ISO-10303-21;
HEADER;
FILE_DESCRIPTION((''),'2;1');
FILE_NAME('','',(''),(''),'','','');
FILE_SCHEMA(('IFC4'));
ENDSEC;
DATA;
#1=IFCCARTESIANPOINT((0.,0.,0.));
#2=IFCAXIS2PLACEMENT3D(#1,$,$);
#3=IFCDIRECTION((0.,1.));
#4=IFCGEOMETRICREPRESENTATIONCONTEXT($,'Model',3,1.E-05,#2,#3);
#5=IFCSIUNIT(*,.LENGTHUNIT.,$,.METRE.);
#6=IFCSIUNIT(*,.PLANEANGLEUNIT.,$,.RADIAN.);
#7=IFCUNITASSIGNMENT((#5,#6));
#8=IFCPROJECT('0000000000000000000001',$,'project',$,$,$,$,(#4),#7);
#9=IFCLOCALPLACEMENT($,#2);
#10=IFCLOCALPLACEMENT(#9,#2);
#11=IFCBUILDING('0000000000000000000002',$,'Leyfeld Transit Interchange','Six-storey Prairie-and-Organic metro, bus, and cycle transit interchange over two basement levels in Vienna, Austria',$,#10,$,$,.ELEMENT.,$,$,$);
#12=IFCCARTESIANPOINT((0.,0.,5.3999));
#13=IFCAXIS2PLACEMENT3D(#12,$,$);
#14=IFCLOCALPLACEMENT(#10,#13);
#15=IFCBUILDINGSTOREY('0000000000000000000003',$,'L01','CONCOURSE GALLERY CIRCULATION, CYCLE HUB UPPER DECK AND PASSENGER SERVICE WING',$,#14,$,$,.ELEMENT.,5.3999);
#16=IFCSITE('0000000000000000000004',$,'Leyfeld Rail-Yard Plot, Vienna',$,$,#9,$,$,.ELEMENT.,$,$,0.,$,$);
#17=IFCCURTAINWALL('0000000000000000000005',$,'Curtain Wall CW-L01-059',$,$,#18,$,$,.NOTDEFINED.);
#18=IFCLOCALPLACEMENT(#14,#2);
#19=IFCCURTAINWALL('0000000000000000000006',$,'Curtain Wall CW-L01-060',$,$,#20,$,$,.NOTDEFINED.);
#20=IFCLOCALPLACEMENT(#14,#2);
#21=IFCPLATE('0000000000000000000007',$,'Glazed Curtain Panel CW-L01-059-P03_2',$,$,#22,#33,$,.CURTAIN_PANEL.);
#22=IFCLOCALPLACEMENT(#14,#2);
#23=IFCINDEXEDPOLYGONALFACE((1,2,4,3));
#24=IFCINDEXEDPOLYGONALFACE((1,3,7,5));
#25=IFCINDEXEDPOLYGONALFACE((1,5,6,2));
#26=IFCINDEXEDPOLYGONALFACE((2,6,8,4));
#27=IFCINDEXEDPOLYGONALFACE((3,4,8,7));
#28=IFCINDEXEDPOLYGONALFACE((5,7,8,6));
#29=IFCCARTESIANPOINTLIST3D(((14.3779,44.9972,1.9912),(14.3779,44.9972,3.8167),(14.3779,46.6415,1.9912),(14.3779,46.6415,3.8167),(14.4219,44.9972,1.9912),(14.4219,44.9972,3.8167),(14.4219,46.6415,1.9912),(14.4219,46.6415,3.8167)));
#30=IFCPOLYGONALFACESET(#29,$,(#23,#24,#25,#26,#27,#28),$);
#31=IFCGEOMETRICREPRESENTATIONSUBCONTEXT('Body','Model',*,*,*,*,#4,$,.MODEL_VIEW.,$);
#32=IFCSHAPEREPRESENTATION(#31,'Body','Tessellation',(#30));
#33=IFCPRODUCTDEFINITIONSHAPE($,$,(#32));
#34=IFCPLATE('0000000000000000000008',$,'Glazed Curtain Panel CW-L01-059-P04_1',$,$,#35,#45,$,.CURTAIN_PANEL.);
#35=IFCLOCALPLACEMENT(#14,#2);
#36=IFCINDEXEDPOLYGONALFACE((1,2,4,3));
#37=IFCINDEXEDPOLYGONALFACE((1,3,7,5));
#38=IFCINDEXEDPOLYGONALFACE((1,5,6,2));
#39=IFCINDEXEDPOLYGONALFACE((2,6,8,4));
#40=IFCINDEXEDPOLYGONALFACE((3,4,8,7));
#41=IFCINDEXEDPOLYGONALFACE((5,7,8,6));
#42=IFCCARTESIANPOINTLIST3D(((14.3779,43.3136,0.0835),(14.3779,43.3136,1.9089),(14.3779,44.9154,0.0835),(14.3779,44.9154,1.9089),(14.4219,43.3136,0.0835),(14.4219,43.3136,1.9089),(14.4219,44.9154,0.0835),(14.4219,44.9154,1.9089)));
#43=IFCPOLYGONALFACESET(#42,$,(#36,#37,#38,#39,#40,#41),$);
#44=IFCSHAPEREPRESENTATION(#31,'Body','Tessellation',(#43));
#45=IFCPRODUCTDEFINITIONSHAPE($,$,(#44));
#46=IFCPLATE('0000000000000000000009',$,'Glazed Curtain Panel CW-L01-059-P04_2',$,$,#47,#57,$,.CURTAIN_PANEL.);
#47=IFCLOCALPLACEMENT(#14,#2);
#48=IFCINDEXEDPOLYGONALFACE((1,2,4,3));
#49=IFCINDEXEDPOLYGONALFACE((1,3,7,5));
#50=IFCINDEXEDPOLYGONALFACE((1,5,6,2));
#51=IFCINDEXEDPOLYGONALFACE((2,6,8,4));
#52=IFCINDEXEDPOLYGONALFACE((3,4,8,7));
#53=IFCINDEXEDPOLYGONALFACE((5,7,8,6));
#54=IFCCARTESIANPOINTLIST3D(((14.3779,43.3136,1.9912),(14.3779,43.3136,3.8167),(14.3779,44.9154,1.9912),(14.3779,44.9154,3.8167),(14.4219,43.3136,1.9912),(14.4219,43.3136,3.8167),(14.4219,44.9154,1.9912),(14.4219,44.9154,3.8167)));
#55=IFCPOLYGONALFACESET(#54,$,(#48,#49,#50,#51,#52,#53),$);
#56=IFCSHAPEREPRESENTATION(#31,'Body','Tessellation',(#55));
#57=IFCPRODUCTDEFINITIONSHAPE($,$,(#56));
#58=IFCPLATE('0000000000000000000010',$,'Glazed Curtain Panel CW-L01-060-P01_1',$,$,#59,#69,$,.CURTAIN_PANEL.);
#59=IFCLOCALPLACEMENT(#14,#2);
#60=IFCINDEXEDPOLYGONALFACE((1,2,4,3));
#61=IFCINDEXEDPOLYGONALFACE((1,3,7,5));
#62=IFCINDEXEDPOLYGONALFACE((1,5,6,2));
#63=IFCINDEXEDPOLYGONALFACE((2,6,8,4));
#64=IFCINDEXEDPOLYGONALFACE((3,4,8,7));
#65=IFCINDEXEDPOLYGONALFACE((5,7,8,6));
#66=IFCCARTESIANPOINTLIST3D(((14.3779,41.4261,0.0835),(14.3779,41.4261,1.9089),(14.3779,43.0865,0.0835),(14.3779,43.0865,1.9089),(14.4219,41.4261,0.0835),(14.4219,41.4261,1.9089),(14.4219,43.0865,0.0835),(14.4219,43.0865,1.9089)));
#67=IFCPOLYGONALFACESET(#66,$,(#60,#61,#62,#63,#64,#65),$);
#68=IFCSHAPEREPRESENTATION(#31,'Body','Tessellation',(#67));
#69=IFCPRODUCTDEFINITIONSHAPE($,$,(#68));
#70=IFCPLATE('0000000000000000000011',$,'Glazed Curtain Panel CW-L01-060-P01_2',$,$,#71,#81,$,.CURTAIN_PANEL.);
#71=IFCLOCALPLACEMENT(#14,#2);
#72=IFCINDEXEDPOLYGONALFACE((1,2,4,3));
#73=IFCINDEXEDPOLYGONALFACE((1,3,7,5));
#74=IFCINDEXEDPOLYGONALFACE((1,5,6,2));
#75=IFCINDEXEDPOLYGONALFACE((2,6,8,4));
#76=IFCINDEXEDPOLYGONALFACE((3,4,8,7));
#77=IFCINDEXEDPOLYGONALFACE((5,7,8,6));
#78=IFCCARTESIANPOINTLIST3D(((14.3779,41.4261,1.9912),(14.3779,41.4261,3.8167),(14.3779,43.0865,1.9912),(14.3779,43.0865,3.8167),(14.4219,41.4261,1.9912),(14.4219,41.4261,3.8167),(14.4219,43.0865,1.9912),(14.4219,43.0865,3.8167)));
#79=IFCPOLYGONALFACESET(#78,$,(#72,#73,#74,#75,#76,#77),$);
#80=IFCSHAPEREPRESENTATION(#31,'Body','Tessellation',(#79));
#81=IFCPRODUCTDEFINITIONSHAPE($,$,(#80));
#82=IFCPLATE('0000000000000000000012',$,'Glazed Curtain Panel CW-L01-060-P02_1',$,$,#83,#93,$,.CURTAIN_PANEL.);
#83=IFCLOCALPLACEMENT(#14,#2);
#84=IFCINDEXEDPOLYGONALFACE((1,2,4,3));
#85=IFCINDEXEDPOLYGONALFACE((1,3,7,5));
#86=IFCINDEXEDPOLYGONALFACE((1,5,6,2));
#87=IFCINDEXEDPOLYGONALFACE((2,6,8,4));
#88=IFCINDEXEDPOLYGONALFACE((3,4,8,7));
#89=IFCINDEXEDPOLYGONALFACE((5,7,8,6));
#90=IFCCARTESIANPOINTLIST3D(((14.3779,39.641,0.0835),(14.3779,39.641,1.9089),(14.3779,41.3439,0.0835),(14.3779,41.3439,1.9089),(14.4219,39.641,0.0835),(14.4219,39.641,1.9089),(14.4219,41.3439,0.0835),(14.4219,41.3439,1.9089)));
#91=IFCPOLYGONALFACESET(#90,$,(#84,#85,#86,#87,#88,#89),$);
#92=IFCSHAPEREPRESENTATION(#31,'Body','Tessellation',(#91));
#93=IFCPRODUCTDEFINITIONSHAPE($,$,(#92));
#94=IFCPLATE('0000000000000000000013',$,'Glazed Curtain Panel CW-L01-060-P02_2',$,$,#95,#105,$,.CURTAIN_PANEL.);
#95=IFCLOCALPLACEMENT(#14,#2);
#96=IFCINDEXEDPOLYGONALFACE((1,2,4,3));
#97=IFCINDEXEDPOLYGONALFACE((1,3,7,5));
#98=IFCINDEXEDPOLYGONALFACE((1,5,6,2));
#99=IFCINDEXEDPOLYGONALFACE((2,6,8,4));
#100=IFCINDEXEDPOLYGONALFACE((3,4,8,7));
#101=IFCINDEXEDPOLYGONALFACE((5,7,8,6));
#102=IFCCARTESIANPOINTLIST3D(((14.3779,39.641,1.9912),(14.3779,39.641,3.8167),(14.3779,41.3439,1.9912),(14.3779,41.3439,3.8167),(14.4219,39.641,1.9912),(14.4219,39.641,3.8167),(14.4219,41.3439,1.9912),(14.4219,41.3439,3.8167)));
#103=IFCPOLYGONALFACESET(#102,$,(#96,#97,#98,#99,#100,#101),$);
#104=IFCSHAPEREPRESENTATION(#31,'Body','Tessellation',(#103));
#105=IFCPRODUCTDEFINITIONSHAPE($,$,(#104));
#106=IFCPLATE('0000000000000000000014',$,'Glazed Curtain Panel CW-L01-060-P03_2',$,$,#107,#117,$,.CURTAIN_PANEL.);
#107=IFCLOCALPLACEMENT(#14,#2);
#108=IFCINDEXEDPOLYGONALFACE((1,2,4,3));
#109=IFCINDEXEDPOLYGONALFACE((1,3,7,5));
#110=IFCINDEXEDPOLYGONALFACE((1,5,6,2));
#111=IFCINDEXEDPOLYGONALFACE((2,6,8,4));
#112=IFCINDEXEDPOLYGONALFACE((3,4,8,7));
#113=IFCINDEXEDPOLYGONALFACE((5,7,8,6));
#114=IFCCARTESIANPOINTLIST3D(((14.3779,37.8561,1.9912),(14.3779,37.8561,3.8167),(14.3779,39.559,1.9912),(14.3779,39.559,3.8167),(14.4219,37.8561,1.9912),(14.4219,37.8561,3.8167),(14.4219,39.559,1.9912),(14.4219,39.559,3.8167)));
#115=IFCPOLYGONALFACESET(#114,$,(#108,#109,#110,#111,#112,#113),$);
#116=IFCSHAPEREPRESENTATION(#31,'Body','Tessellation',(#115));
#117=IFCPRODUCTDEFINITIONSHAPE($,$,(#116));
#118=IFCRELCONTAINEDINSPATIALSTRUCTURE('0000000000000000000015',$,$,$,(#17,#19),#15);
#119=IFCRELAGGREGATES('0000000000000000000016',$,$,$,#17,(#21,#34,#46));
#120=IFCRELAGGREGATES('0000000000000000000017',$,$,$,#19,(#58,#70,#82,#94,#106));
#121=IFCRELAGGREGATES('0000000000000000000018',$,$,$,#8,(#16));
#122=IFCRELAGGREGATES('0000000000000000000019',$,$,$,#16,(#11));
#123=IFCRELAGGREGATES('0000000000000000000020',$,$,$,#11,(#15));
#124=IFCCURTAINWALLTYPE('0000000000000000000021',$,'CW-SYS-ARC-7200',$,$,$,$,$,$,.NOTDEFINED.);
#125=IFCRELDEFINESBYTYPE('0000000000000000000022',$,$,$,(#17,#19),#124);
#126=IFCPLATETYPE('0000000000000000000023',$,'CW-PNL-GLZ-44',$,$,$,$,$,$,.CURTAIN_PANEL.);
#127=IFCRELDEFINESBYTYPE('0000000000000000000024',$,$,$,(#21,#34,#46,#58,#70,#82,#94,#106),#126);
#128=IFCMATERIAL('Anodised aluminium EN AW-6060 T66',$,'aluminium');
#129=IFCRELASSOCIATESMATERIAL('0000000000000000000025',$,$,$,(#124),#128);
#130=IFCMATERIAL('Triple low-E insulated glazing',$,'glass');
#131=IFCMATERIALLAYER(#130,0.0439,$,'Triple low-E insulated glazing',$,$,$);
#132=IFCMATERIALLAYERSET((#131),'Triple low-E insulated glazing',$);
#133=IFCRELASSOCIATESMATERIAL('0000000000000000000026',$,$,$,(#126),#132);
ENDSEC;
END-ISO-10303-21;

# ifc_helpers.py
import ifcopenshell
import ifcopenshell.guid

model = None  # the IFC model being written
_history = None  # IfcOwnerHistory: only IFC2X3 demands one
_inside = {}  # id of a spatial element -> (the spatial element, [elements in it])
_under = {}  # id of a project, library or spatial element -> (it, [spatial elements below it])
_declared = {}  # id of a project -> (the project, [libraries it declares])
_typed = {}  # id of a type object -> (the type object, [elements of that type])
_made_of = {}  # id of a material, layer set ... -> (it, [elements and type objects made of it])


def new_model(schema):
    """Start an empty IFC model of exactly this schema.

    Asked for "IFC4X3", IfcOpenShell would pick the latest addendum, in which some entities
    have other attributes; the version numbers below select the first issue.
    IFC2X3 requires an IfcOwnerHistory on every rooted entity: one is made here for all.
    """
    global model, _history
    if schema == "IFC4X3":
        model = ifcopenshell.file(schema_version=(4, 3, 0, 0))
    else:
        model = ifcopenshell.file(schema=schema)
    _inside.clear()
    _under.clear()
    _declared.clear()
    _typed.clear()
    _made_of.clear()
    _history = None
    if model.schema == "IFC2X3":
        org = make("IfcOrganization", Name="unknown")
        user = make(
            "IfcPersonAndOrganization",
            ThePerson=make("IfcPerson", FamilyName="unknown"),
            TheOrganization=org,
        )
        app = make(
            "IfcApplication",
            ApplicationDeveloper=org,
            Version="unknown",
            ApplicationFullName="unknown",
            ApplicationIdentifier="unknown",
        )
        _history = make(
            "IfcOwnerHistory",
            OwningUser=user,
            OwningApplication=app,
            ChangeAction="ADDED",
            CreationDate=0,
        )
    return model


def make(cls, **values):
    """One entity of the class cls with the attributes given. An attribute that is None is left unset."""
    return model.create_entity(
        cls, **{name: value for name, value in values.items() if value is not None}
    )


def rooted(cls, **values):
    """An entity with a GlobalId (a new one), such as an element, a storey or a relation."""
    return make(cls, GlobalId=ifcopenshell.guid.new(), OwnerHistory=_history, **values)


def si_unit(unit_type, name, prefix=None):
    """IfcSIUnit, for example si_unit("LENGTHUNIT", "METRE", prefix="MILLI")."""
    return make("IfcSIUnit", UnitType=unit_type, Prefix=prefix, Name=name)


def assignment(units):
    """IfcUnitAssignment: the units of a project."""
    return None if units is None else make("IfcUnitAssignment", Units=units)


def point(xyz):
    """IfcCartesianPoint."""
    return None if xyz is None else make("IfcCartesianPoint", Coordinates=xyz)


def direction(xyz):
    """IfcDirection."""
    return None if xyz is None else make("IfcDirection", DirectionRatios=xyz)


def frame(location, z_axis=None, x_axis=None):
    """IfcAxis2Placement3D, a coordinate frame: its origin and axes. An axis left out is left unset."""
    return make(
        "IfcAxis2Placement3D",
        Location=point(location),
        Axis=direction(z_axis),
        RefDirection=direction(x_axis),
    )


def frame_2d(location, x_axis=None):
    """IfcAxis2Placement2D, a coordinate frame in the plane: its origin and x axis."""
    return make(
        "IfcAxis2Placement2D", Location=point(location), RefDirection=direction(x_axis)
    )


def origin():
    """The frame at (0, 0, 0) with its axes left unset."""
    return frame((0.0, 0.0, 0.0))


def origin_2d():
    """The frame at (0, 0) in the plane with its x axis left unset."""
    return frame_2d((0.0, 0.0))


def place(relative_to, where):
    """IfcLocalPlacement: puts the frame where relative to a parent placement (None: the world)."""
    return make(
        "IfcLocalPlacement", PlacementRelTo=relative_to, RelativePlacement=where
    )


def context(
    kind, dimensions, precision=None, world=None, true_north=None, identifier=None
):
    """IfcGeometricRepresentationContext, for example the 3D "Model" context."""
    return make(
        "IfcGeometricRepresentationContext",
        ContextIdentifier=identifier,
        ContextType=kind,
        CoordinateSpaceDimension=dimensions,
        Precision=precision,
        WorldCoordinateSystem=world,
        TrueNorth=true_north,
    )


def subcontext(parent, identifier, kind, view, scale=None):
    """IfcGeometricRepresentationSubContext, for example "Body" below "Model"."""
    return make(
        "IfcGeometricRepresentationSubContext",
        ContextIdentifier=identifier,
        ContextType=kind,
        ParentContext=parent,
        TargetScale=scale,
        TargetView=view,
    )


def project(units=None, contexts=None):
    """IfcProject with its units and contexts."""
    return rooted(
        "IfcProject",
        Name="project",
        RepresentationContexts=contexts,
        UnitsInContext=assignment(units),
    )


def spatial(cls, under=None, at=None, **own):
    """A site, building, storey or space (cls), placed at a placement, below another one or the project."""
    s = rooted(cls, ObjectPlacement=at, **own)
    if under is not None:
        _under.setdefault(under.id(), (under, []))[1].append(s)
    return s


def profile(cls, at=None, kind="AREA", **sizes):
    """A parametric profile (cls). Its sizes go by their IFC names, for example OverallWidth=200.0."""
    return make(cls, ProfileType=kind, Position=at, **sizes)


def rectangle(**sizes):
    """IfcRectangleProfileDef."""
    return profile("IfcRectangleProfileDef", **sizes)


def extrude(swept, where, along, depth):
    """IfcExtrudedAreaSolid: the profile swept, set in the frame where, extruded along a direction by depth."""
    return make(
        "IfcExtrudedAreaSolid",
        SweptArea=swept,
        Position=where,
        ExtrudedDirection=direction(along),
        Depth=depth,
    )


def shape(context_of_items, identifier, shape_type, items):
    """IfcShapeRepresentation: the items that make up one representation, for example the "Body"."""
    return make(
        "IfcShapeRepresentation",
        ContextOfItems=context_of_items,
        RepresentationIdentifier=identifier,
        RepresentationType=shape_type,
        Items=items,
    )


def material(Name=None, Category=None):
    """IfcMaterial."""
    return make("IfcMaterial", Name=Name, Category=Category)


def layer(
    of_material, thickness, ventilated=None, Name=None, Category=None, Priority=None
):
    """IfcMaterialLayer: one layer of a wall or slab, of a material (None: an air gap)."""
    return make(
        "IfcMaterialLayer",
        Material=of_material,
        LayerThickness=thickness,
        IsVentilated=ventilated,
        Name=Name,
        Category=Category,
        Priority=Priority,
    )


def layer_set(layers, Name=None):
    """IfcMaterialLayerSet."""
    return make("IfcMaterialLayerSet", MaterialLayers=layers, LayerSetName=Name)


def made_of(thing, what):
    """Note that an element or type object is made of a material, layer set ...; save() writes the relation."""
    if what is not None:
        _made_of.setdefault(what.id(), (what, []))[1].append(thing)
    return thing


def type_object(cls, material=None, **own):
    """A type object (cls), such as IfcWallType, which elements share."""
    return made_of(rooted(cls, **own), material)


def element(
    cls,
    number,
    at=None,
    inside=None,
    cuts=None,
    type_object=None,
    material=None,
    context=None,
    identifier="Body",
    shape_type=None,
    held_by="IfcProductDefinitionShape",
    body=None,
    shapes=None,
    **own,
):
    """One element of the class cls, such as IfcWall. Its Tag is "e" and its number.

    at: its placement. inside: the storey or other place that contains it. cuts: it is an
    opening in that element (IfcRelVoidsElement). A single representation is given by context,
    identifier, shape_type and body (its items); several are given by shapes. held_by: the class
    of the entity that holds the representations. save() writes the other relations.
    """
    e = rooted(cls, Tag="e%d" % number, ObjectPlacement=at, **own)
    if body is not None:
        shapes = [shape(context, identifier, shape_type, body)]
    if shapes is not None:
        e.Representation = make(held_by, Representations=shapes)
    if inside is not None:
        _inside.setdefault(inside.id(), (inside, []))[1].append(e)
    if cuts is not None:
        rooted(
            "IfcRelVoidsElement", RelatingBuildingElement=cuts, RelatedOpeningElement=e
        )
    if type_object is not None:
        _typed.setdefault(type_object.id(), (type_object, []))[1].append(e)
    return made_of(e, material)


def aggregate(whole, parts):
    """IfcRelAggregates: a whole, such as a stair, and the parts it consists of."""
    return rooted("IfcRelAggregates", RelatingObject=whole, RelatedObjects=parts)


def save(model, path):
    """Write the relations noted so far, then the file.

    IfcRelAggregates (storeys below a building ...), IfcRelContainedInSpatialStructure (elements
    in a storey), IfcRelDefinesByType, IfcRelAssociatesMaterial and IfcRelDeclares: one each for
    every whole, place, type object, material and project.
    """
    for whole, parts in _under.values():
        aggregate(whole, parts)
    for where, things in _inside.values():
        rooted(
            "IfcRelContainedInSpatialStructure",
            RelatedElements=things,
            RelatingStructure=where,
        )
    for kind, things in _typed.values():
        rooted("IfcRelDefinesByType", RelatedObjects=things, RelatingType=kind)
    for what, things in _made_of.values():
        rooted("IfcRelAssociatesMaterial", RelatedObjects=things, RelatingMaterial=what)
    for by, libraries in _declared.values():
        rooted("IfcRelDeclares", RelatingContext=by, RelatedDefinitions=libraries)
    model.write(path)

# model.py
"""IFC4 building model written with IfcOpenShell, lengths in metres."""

from ifc_helpers import new_model, si_unit, direction, frame, origin, origin_2d, place, context, subcontext, project, spatial, rectangle, extrude, material, layer, layer_set, type_object, element, aggregate, save


model = new_model("IFC4")

# Units and contexts
model_context = context("Model", 3, precision=1e-05, world=origin(), true_north=direction((0.0, 1.0)))
body_context = subcontext(model_context, "Body", "Model", "MODEL_VIEW")
ifc_project = project(units=[si_unit("LENGTHUNIT", "METRE"), si_unit("PLANEANGLEUNIT", "RADIAN")], contexts=[model_context])

# Site, building, storey
site_placement = place(None, origin())
site = spatial("IfcSite", under=ifc_project, at=site_placement, Name="Leyfeld Rail-Yard Plot, Vienna", CompositionType="ELEMENT", RefElevation=0.0)
building_placement = place(site_placement, origin())
building = spatial("IfcBuilding", under=site, at=building_placement, Name="Leyfeld Transit Interchange", Description="Six-storey Prairie-and-Organic metro, bus, and cycle transit interchange over two basement levels in Vienna, Austria", CompositionType="ELEMENT")
storey_placement = place(building_placement, frame((0.0, 0.0, 5.3999)))
storey = spatial("IfcBuildingStorey", under=building, at=storey_placement, Name="L01", Description="CONCOURSE GALLERY CIRCULATION, CYCLE HUB UPPER DECK AND PASSENGER SERVICE WING", CompositionType="ELEMENT", Elevation=5.3999)

# Curtain walls
ifc_material_1 = material(Name="Anodised aluminium EN AW-6060 T66", Category="aluminium")
curtain_wall_type = type_object("IfcCurtainWallType", Name="CW-SYS-ARC-7200", PredefinedType="NOTDEFINED", material=ifc_material_1)
curtain_wall_1_placement = place(storey_placement, origin())
curtain_wall_1 = element("IfcCurtainWall", 1, at=curtain_wall_1_placement, inside=storey, type_object=curtain_wall_type, Name="Curtain Wall CW-L01-059", PredefinedType="NOTDEFINED")
curtain_wall_2_placement = place(storey_placement, origin())
curtain_wall_2 = element("IfcCurtainWall", 2, at=curtain_wall_2_placement, inside=storey, type_object=curtain_wall_type, Name="Curtain Wall CW-L01-060", PredefinedType="NOTDEFINED")

# Plates
ifc_material_2 = material(Name="Triple low-E insulated glazing", Category="glass")
ifc_layer = layer(ifc_material_2, 0.0439, Name="Triple low-E insulated glazing")
ifc_layer_set = layer_set([ifc_layer], Name="Triple low-E insulated glazing")
plate_type = type_object("IfcPlateType", Name="CW-PNL-GLZ-44", PredefinedType="CURTAIN_PANEL", material=ifc_layer_set)
plate_1_placement = place(storey_placement, frame((14.3999, 45.8193, 1.9912), z_axis=(0.0, 0.0, 1.0), x_axis=(0.0, -1.0, 0.0)))
plate_1 = element("IfcPlate", 3, at=plate_1_placement, type_object=plate_type, Name="Glazed Curtain Panel CW-L01-059-P03_2", PredefinedType="CURTAIN_PANEL", context=body_context, shape_type="SweptSolid", body=[
    extrude(rectangle(XDim=1.6443, YDim=0.0439, at=origin_2d()), origin(), (0.0, 0.0, 1.0), 1.8254),
])
plate_2_placement = place(storey_placement, frame((14.3999, 44.1145, 0.0835), z_axis=(0.0, 0.0, 1.0), x_axis=(0.0, -1.0, 0.0)))
plate_2 = element("IfcPlate", 4, at=plate_2_placement, type_object=plate_type, Name="Glazed Curtain Panel CW-L01-059-P04_1", PredefinedType="CURTAIN_PANEL", context=body_context, shape_type="SweptSolid", body=[
    extrude(rectangle(XDim=1.6018, YDim=0.0439, at=origin_2d()), origin(), (0.0, 0.0, 1.0), 1.8254),
])
plate_3_placement = place(storey_placement, frame((14.3999, 44.1145, 1.9912), z_axis=(0.0, 0.0, 1.0), x_axis=(0.0, -1.0, 0.0)))
plate_3 = element("IfcPlate", 5, at=plate_3_placement, type_object=plate_type, Name="Glazed Curtain Panel CW-L01-059-P04_2", PredefinedType="CURTAIN_PANEL", context=body_context, shape_type="SweptSolid", body=[
    extrude(rectangle(XDim=1.6018, YDim=0.0439, at=origin_2d()), origin(), (0.0, 0.0, 1.0), 1.8254),
])
aggregate(curtain_wall_1, [plate_1, plate_2, plate_3])
plate_4_placement = place(storey_placement, frame((14.3999, 42.2563, 0.0835), z_axis=(0.0, 0.0, 1.0), x_axis=(0.0, -1.0, 0.0)))
plate_4 = element("IfcPlate", 6, at=plate_4_placement, type_object=plate_type, Name="Glazed Curtain Panel CW-L01-060-P01_1", PredefinedType="CURTAIN_PANEL", context=body_context, shape_type="SweptSolid", body=[
    extrude(rectangle(XDim=1.6604, YDim=0.0439, at=origin_2d()), origin(), (0.0, 0.0, 1.0), 1.8254),
])
plate_5_placement = place(storey_placement, frame((14.3999, 42.2563, 1.9912), z_axis=(0.0, 0.0, 1.0), x_axis=(0.0, -1.0, 0.0)))
plate_5 = element("IfcPlate", 7, at=plate_5_placement, type_object=plate_type, Name="Glazed Curtain Panel CW-L01-060-P01_2", PredefinedType="CURTAIN_PANEL", context=body_context, shape_type="SweptSolid", body=[
    extrude(rectangle(XDim=1.6604, YDim=0.0439, at=origin_2d()), origin(), (0.0, 0.0, 1.0), 1.8254),
])
plate_6_placement = place(storey_placement, frame((14.3999, 40.4924, 0.0835), z_axis=(0.0, 0.0, 1.0), x_axis=(0.0, -1.0, 0.0)))
plate_6 = element("IfcPlate", 8, at=plate_6_placement, type_object=plate_type, Name="Glazed Curtain Panel CW-L01-060-P02_1", PredefinedType="CURTAIN_PANEL", context=body_context, shape_type="SweptSolid", body=[
    extrude(rectangle(XDim=1.7029, YDim=0.0439, at=origin_2d()), origin(), (0.0, 0.0, 1.0), 1.8254),
])
plate_7_placement = place(storey_placement, frame((14.3999, 40.4924, 1.9912), z_axis=(0.0, 0.0, 1.0), x_axis=(0.0, -1.0, 0.0)))
plate_7 = element("IfcPlate", 9, at=plate_7_placement, type_object=plate_type, Name="Glazed Curtain Panel CW-L01-060-P02_2", PredefinedType="CURTAIN_PANEL", context=body_context, shape_type="SweptSolid", body=[
    extrude(rectangle(XDim=1.7029, YDim=0.0439, at=origin_2d()), origin(), (0.0, 0.0, 1.0), 1.8254),
])
plate_8_placement = place(storey_placement, frame((14.3999, 38.7075, 1.9912), z_axis=(0.0, 0.0, 1.0), x_axis=(0.0, -1.0, 0.0)))
plate_8 = element("IfcPlate", 10, at=plate_8_placement, type_object=plate_type, Name="Glazed Curtain Panel CW-L01-060-P03_2", PredefinedType="CURTAIN_PANEL", context=body_context, shape_type="SweptSolid", body=[
    extrude(rectangle(XDim=1.7029, YDim=0.0439, at=origin_2d()), origin(), (0.0, 0.0, 1.0), 1.8254),
])
aggregate(curtain_wall_2, [plate_4, plate_5, plate_6, plate_7, plate_8])

save(model, "model.ifc")
